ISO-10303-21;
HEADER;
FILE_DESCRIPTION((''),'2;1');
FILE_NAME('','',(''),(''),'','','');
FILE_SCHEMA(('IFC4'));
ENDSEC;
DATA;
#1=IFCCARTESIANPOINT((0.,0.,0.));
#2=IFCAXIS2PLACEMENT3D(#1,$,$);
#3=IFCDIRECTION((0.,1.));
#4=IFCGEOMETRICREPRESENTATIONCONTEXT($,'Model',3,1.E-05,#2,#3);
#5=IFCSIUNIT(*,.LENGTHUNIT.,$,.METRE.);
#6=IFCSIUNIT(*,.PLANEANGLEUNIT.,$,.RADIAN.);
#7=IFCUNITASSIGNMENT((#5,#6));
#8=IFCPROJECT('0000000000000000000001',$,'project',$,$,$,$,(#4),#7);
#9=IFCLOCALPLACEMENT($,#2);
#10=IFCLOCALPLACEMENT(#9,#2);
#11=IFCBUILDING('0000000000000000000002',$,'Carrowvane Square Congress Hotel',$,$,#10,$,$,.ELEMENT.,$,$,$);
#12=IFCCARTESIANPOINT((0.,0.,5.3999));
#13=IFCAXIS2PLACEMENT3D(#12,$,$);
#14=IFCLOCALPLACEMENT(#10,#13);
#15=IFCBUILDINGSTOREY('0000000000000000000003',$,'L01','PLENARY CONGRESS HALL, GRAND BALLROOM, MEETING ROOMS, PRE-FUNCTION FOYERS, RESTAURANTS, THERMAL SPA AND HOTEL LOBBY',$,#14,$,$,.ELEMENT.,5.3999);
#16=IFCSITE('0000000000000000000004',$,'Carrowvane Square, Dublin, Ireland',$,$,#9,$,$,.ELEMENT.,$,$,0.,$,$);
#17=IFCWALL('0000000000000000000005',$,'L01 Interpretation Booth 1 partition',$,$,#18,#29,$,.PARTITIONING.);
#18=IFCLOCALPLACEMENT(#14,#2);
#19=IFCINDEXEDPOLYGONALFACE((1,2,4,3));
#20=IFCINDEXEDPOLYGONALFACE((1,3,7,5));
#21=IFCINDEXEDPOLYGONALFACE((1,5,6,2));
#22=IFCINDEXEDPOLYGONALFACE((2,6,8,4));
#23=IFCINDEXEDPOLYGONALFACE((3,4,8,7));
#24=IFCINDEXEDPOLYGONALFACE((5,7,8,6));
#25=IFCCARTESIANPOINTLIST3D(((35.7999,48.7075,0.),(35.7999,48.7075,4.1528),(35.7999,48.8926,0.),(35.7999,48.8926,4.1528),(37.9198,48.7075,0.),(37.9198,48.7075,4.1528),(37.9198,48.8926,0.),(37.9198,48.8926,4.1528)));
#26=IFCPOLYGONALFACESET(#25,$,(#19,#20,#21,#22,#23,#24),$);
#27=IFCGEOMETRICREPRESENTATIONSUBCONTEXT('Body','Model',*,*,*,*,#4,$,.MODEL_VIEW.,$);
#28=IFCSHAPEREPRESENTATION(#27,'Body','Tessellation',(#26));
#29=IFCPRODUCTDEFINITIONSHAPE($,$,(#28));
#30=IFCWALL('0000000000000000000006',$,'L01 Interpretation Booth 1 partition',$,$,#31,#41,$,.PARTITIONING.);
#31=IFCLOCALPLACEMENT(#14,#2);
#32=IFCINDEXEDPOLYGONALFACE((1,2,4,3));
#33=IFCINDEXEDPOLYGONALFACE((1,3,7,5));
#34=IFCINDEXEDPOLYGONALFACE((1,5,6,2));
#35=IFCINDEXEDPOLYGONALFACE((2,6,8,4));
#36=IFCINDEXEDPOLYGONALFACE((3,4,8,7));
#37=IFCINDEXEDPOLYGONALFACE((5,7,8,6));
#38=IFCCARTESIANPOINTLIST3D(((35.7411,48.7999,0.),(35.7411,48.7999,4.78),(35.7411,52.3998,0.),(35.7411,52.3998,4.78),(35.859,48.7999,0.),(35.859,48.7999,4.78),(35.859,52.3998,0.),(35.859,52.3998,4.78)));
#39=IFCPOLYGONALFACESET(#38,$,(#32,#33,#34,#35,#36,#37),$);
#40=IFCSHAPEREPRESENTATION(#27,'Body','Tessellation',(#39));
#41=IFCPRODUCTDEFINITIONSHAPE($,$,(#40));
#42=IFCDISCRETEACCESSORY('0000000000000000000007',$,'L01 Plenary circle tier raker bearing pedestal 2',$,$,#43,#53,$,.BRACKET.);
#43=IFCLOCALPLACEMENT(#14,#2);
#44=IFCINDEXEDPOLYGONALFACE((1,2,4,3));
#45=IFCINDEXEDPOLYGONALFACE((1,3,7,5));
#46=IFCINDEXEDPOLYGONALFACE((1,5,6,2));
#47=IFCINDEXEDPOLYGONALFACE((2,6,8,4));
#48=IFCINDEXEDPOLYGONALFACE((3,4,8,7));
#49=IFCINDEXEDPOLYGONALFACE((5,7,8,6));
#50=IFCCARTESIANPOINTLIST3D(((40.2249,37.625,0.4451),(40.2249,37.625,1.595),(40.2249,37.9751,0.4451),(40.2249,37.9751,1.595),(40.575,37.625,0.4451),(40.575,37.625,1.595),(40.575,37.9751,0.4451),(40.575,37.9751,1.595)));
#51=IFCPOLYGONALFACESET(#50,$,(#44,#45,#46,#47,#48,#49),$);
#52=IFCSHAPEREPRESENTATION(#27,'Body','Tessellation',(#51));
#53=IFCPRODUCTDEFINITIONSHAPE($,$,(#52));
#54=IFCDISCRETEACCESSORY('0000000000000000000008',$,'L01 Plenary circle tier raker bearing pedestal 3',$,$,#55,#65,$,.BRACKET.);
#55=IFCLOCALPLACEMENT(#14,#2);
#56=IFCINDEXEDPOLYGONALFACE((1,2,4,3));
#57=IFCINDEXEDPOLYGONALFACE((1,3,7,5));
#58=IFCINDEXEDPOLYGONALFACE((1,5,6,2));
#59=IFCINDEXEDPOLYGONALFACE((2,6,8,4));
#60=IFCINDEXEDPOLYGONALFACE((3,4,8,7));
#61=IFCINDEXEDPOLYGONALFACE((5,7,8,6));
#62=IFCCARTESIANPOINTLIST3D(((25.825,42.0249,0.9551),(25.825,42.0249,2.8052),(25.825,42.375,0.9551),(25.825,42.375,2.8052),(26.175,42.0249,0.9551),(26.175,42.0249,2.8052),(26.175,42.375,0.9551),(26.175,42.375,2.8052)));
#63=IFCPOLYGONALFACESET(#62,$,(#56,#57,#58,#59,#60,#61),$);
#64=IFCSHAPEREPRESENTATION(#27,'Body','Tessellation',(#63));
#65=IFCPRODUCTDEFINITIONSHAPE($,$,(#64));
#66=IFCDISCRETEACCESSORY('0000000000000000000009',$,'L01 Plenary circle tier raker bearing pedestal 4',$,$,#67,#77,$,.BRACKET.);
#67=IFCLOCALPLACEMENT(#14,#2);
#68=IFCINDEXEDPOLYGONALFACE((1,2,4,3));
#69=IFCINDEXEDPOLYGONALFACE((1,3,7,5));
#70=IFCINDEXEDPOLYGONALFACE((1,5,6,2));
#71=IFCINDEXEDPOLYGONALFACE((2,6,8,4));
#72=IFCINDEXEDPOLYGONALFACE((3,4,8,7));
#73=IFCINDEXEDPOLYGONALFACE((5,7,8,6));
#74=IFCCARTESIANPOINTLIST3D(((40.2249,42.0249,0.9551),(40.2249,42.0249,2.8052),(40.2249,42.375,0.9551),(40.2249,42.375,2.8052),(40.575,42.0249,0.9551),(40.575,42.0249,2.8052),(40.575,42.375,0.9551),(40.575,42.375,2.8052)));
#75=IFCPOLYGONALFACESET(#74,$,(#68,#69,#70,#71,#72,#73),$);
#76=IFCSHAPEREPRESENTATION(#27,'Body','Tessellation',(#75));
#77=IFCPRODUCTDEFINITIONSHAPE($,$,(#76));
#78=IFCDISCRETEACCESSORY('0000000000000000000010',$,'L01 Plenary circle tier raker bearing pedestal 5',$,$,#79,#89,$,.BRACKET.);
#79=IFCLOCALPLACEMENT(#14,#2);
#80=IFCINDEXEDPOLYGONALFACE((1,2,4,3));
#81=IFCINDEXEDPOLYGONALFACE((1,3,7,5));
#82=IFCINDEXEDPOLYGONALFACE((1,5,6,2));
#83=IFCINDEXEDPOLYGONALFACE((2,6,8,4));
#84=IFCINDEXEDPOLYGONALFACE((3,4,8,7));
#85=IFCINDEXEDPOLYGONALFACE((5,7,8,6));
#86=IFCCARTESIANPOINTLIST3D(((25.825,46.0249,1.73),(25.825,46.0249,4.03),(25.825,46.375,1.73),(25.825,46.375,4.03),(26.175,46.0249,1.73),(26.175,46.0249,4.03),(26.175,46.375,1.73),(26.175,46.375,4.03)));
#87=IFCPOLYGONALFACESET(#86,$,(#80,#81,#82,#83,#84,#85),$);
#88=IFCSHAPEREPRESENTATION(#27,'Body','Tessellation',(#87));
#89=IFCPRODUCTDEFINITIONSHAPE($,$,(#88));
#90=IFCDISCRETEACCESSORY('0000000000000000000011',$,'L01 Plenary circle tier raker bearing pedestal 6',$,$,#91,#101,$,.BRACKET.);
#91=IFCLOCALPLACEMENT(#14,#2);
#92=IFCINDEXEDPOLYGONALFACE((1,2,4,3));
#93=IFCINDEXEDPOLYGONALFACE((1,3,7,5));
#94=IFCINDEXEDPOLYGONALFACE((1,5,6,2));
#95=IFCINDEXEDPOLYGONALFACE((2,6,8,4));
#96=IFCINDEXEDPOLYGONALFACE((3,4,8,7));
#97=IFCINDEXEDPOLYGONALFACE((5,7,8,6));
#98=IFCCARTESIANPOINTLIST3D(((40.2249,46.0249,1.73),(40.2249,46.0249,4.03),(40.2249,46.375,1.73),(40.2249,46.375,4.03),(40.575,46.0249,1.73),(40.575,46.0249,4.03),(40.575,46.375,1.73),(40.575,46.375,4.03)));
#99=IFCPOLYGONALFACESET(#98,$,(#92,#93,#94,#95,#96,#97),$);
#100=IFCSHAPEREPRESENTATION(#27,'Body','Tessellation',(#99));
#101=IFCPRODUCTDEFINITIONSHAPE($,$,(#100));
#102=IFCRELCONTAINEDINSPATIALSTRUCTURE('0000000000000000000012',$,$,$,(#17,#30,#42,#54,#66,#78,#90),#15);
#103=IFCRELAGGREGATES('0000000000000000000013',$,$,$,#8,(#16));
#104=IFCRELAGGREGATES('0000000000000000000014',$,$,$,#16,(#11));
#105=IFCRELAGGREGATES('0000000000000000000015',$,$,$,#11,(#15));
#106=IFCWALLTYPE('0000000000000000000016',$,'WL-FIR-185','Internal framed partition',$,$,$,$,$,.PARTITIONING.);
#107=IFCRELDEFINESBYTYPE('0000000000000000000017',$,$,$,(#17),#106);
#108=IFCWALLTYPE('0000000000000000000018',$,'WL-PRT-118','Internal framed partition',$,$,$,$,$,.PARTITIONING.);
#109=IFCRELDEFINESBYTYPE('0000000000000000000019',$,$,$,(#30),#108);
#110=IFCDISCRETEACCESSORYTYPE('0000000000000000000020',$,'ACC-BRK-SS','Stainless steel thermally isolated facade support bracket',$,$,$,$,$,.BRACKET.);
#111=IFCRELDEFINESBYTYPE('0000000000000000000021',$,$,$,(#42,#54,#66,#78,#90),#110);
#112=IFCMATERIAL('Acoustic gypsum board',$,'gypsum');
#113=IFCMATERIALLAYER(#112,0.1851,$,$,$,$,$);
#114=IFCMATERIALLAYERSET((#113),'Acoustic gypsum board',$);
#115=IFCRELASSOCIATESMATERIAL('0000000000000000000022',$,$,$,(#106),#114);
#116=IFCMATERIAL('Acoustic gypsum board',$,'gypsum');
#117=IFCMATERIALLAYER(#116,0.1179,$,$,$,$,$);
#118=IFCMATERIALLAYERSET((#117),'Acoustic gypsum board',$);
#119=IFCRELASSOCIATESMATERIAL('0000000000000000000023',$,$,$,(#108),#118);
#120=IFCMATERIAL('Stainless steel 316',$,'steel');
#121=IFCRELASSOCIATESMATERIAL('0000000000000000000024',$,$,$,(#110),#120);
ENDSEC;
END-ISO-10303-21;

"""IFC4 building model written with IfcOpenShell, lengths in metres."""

from ifc_helpers import new_model, si_unit, direction, frame, frame_2d, origin, origin_2d, place, context, subcontext, project, spatial, rectangle, extrude, material, layer, layer_set, type_object, element, save


model = new_model("IFC4")

# Units and contexts
model_context = context("Model", 3, precision=1e-05, world=origin(), true_north=direction((0.0, 1.0)))
body_context = subcontext(model_context, "Body", "Model", "MODEL_VIEW")
ifc_project = project(units=[si_unit("LENGTHUNIT", "METRE"), si_unit("PLANEANGLEUNIT", "RADIAN")], contexts=[model_context])

# Site, building, storey
site_placement = place(None, origin())
site = spatial("IfcSite", under=ifc_project, at=site_placement, Name="Carrowvane Square, Dublin, Ireland", CompositionType="ELEMENT", RefElevation=0.0)
building_placement = place(site_placement, origin())
building = spatial("IfcBuilding", under=site, at=building_placement, Name="Carrowvane Square Congress Hotel", CompositionType="ELEMENT")
storey_placement = place(building_placement, frame((0.0, 0.0, 5.3999)))
storey = spatial("IfcBuildingStorey", under=building, at=storey_placement, Name="L01", Description="PLENARY CONGRESS HALL, GRAND BALLROOM, MEETING ROOMS, PRE-FUNCTION FOYERS, RESTAURANTS, THERMAL SPA AND HOTEL LOBBY", CompositionType="ELEMENT", Elevation=5.3999)

# Walls
ifc_material_1 = material(Name="Acoustic gypsum board", Category="gypsum")
ifc_layer_1 = layer(ifc_material_1, 0.1851)
ifc_layer_set_1 = layer_set([ifc_layer_1], Name="Acoustic gypsum board")
wall_type_1 = type_object("IfcWallType", Name="WL-FIR-185", Description="Internal framed partition", PredefinedType="PARTITIONING", material=ifc_layer_set_1)
wall_1_placement = place(storey_placement, frame((37.9199, 48.8, 0.0), z_axis=(0.0, 0.0, 1.0), x_axis=(-1.0, 0.0, 0.0)))
element("IfcWall", 1, at=wall_1_placement, inside=storey, type_object=wall_type_1, Name="L01 Interpretation Booth 1 partition", PredefinedType="PARTITIONING", context=body_context, shape_type="SweptSolid", body=[
    extrude(rectangle(XDim=2.1199, YDim=0.1851, at=frame_2d((1.0601, 0.0))), origin(), (0.0, 0.0, 1.0), 4.1528),
])
ifc_material_2 = material(Name="Acoustic gypsum board", Category="gypsum")
ifc_layer_2 = layer(ifc_material_2, 0.1179)
ifc_layer_set_2 = layer_set([ifc_layer_2], Name="Acoustic gypsum board")
wall_type_2 = type_object("IfcWallType", Name="WL-PRT-118", Description="Internal framed partition", PredefinedType="PARTITIONING", material=ifc_layer_set_2)
wall_2_placement = place(storey_placement, frame((35.8, 48.8, 0.0), z_axis=(0.0, 0.0, 1.0), x_axis=(0.0, 1.0, 0.0)))
element("IfcWall", 2, at=wall_2_placement, inside=storey, type_object=wall_type_2, Name="L01 Interpretation Booth 1 partition", PredefinedType="PARTITIONING", context=body_context, shape_type="SweptSolid", body=[
    extrude(rectangle(XDim=3.5999, YDim=0.1179, at=frame_2d((1.7998, 0.0))), origin(), (0.0, 0.0, 1.0), 4.78),
])

# Discrete accessories
ifc_material_3 = material(Name="Stainless steel 316", Category="steel")
discrete_accessory_type = type_object("IfcDiscreteAccessoryType", Name="ACC-BRK-SS", Description="Stainless steel thermally isolated facade support bracket", PredefinedType="BRACKET", material=ifc_material_3)
discrete_accessory_placement = place(storey_placement, frame((40.3999, 37.8, 0.4451), z_axis=(0.0, 0.0, 1.0), x_axis=(1.0, 0.0, 0.0)))
element("IfcDiscreteAccessory", 3, at=discrete_accessory_placement, inside=storey, type_object=discrete_accessory_type, Name="L01 Plenary circle tier raker bearing pedestal 2", PredefinedType="BRACKET", context=body_context, shape_type="SweptSolid", body=[
    extrude(rectangle(XDim=0.3501, YDim=0.3501, at=origin_2d()), origin(), (0.0, 0.0, 1.0), 1.1499),
])
for number, where, z_axis, x_axis, name in (
    (4, (26.0, 42.2, 0.9551), (0.0, 0.0, 1.0), (1.0, 0.0, 0.0), "L01 Plenary circle tier raker bearing pedestal 3"),
    (5, (40.3999, 42.2, 0.9551), (0.0, 0.0, 1.0), (1.0, 0.0, 0.0), "L01 Plenary circle tier raker bearing pedestal 4"),
):
    element("IfcDiscreteAccessory", number, at=place(storey_placement, frame(where, z_axis=z_axis, x_axis=x_axis)), inside=storey, type_object=discrete_accessory_type, Name=name, PredefinedType="BRACKET", context=body_context, shape_type="SweptSolid", body=[
        extrude(rectangle(XDim=0.3501, YDim=0.3501, at=origin_2d()), origin(), (0.0, 0.0, 1.0), 1.8501),
    ])
for number, where, z_axis, x_axis, name in (
    (6, (26.0, 46.2, 1.73), (0.0, 0.0, 1.0), (1.0, 0.0, 0.0), "L01 Plenary circle tier raker bearing pedestal 5"),
    (7, (40.3999, 46.2, 1.73), (0.0, 0.0, 1.0), (1.0, 0.0, 0.0), "L01 Plenary circle tier raker bearing pedestal 6"),
):
    element("IfcDiscreteAccessory", number, at=place(storey_placement, frame(where, z_axis=z_axis, x_axis=x_axis)), inside=storey, type_object=discrete_accessory_type, Name=name, PredefinedType="BRACKET", context=body_context, shape_type="SweptSolid", body=[
        extrude(rectangle(XDim=0.3501, YDim=0.3501, at=origin_2d()), origin(), (0.0, 0.0, 1.0), 2.3),
    ])

save(model, "model.ifc")
